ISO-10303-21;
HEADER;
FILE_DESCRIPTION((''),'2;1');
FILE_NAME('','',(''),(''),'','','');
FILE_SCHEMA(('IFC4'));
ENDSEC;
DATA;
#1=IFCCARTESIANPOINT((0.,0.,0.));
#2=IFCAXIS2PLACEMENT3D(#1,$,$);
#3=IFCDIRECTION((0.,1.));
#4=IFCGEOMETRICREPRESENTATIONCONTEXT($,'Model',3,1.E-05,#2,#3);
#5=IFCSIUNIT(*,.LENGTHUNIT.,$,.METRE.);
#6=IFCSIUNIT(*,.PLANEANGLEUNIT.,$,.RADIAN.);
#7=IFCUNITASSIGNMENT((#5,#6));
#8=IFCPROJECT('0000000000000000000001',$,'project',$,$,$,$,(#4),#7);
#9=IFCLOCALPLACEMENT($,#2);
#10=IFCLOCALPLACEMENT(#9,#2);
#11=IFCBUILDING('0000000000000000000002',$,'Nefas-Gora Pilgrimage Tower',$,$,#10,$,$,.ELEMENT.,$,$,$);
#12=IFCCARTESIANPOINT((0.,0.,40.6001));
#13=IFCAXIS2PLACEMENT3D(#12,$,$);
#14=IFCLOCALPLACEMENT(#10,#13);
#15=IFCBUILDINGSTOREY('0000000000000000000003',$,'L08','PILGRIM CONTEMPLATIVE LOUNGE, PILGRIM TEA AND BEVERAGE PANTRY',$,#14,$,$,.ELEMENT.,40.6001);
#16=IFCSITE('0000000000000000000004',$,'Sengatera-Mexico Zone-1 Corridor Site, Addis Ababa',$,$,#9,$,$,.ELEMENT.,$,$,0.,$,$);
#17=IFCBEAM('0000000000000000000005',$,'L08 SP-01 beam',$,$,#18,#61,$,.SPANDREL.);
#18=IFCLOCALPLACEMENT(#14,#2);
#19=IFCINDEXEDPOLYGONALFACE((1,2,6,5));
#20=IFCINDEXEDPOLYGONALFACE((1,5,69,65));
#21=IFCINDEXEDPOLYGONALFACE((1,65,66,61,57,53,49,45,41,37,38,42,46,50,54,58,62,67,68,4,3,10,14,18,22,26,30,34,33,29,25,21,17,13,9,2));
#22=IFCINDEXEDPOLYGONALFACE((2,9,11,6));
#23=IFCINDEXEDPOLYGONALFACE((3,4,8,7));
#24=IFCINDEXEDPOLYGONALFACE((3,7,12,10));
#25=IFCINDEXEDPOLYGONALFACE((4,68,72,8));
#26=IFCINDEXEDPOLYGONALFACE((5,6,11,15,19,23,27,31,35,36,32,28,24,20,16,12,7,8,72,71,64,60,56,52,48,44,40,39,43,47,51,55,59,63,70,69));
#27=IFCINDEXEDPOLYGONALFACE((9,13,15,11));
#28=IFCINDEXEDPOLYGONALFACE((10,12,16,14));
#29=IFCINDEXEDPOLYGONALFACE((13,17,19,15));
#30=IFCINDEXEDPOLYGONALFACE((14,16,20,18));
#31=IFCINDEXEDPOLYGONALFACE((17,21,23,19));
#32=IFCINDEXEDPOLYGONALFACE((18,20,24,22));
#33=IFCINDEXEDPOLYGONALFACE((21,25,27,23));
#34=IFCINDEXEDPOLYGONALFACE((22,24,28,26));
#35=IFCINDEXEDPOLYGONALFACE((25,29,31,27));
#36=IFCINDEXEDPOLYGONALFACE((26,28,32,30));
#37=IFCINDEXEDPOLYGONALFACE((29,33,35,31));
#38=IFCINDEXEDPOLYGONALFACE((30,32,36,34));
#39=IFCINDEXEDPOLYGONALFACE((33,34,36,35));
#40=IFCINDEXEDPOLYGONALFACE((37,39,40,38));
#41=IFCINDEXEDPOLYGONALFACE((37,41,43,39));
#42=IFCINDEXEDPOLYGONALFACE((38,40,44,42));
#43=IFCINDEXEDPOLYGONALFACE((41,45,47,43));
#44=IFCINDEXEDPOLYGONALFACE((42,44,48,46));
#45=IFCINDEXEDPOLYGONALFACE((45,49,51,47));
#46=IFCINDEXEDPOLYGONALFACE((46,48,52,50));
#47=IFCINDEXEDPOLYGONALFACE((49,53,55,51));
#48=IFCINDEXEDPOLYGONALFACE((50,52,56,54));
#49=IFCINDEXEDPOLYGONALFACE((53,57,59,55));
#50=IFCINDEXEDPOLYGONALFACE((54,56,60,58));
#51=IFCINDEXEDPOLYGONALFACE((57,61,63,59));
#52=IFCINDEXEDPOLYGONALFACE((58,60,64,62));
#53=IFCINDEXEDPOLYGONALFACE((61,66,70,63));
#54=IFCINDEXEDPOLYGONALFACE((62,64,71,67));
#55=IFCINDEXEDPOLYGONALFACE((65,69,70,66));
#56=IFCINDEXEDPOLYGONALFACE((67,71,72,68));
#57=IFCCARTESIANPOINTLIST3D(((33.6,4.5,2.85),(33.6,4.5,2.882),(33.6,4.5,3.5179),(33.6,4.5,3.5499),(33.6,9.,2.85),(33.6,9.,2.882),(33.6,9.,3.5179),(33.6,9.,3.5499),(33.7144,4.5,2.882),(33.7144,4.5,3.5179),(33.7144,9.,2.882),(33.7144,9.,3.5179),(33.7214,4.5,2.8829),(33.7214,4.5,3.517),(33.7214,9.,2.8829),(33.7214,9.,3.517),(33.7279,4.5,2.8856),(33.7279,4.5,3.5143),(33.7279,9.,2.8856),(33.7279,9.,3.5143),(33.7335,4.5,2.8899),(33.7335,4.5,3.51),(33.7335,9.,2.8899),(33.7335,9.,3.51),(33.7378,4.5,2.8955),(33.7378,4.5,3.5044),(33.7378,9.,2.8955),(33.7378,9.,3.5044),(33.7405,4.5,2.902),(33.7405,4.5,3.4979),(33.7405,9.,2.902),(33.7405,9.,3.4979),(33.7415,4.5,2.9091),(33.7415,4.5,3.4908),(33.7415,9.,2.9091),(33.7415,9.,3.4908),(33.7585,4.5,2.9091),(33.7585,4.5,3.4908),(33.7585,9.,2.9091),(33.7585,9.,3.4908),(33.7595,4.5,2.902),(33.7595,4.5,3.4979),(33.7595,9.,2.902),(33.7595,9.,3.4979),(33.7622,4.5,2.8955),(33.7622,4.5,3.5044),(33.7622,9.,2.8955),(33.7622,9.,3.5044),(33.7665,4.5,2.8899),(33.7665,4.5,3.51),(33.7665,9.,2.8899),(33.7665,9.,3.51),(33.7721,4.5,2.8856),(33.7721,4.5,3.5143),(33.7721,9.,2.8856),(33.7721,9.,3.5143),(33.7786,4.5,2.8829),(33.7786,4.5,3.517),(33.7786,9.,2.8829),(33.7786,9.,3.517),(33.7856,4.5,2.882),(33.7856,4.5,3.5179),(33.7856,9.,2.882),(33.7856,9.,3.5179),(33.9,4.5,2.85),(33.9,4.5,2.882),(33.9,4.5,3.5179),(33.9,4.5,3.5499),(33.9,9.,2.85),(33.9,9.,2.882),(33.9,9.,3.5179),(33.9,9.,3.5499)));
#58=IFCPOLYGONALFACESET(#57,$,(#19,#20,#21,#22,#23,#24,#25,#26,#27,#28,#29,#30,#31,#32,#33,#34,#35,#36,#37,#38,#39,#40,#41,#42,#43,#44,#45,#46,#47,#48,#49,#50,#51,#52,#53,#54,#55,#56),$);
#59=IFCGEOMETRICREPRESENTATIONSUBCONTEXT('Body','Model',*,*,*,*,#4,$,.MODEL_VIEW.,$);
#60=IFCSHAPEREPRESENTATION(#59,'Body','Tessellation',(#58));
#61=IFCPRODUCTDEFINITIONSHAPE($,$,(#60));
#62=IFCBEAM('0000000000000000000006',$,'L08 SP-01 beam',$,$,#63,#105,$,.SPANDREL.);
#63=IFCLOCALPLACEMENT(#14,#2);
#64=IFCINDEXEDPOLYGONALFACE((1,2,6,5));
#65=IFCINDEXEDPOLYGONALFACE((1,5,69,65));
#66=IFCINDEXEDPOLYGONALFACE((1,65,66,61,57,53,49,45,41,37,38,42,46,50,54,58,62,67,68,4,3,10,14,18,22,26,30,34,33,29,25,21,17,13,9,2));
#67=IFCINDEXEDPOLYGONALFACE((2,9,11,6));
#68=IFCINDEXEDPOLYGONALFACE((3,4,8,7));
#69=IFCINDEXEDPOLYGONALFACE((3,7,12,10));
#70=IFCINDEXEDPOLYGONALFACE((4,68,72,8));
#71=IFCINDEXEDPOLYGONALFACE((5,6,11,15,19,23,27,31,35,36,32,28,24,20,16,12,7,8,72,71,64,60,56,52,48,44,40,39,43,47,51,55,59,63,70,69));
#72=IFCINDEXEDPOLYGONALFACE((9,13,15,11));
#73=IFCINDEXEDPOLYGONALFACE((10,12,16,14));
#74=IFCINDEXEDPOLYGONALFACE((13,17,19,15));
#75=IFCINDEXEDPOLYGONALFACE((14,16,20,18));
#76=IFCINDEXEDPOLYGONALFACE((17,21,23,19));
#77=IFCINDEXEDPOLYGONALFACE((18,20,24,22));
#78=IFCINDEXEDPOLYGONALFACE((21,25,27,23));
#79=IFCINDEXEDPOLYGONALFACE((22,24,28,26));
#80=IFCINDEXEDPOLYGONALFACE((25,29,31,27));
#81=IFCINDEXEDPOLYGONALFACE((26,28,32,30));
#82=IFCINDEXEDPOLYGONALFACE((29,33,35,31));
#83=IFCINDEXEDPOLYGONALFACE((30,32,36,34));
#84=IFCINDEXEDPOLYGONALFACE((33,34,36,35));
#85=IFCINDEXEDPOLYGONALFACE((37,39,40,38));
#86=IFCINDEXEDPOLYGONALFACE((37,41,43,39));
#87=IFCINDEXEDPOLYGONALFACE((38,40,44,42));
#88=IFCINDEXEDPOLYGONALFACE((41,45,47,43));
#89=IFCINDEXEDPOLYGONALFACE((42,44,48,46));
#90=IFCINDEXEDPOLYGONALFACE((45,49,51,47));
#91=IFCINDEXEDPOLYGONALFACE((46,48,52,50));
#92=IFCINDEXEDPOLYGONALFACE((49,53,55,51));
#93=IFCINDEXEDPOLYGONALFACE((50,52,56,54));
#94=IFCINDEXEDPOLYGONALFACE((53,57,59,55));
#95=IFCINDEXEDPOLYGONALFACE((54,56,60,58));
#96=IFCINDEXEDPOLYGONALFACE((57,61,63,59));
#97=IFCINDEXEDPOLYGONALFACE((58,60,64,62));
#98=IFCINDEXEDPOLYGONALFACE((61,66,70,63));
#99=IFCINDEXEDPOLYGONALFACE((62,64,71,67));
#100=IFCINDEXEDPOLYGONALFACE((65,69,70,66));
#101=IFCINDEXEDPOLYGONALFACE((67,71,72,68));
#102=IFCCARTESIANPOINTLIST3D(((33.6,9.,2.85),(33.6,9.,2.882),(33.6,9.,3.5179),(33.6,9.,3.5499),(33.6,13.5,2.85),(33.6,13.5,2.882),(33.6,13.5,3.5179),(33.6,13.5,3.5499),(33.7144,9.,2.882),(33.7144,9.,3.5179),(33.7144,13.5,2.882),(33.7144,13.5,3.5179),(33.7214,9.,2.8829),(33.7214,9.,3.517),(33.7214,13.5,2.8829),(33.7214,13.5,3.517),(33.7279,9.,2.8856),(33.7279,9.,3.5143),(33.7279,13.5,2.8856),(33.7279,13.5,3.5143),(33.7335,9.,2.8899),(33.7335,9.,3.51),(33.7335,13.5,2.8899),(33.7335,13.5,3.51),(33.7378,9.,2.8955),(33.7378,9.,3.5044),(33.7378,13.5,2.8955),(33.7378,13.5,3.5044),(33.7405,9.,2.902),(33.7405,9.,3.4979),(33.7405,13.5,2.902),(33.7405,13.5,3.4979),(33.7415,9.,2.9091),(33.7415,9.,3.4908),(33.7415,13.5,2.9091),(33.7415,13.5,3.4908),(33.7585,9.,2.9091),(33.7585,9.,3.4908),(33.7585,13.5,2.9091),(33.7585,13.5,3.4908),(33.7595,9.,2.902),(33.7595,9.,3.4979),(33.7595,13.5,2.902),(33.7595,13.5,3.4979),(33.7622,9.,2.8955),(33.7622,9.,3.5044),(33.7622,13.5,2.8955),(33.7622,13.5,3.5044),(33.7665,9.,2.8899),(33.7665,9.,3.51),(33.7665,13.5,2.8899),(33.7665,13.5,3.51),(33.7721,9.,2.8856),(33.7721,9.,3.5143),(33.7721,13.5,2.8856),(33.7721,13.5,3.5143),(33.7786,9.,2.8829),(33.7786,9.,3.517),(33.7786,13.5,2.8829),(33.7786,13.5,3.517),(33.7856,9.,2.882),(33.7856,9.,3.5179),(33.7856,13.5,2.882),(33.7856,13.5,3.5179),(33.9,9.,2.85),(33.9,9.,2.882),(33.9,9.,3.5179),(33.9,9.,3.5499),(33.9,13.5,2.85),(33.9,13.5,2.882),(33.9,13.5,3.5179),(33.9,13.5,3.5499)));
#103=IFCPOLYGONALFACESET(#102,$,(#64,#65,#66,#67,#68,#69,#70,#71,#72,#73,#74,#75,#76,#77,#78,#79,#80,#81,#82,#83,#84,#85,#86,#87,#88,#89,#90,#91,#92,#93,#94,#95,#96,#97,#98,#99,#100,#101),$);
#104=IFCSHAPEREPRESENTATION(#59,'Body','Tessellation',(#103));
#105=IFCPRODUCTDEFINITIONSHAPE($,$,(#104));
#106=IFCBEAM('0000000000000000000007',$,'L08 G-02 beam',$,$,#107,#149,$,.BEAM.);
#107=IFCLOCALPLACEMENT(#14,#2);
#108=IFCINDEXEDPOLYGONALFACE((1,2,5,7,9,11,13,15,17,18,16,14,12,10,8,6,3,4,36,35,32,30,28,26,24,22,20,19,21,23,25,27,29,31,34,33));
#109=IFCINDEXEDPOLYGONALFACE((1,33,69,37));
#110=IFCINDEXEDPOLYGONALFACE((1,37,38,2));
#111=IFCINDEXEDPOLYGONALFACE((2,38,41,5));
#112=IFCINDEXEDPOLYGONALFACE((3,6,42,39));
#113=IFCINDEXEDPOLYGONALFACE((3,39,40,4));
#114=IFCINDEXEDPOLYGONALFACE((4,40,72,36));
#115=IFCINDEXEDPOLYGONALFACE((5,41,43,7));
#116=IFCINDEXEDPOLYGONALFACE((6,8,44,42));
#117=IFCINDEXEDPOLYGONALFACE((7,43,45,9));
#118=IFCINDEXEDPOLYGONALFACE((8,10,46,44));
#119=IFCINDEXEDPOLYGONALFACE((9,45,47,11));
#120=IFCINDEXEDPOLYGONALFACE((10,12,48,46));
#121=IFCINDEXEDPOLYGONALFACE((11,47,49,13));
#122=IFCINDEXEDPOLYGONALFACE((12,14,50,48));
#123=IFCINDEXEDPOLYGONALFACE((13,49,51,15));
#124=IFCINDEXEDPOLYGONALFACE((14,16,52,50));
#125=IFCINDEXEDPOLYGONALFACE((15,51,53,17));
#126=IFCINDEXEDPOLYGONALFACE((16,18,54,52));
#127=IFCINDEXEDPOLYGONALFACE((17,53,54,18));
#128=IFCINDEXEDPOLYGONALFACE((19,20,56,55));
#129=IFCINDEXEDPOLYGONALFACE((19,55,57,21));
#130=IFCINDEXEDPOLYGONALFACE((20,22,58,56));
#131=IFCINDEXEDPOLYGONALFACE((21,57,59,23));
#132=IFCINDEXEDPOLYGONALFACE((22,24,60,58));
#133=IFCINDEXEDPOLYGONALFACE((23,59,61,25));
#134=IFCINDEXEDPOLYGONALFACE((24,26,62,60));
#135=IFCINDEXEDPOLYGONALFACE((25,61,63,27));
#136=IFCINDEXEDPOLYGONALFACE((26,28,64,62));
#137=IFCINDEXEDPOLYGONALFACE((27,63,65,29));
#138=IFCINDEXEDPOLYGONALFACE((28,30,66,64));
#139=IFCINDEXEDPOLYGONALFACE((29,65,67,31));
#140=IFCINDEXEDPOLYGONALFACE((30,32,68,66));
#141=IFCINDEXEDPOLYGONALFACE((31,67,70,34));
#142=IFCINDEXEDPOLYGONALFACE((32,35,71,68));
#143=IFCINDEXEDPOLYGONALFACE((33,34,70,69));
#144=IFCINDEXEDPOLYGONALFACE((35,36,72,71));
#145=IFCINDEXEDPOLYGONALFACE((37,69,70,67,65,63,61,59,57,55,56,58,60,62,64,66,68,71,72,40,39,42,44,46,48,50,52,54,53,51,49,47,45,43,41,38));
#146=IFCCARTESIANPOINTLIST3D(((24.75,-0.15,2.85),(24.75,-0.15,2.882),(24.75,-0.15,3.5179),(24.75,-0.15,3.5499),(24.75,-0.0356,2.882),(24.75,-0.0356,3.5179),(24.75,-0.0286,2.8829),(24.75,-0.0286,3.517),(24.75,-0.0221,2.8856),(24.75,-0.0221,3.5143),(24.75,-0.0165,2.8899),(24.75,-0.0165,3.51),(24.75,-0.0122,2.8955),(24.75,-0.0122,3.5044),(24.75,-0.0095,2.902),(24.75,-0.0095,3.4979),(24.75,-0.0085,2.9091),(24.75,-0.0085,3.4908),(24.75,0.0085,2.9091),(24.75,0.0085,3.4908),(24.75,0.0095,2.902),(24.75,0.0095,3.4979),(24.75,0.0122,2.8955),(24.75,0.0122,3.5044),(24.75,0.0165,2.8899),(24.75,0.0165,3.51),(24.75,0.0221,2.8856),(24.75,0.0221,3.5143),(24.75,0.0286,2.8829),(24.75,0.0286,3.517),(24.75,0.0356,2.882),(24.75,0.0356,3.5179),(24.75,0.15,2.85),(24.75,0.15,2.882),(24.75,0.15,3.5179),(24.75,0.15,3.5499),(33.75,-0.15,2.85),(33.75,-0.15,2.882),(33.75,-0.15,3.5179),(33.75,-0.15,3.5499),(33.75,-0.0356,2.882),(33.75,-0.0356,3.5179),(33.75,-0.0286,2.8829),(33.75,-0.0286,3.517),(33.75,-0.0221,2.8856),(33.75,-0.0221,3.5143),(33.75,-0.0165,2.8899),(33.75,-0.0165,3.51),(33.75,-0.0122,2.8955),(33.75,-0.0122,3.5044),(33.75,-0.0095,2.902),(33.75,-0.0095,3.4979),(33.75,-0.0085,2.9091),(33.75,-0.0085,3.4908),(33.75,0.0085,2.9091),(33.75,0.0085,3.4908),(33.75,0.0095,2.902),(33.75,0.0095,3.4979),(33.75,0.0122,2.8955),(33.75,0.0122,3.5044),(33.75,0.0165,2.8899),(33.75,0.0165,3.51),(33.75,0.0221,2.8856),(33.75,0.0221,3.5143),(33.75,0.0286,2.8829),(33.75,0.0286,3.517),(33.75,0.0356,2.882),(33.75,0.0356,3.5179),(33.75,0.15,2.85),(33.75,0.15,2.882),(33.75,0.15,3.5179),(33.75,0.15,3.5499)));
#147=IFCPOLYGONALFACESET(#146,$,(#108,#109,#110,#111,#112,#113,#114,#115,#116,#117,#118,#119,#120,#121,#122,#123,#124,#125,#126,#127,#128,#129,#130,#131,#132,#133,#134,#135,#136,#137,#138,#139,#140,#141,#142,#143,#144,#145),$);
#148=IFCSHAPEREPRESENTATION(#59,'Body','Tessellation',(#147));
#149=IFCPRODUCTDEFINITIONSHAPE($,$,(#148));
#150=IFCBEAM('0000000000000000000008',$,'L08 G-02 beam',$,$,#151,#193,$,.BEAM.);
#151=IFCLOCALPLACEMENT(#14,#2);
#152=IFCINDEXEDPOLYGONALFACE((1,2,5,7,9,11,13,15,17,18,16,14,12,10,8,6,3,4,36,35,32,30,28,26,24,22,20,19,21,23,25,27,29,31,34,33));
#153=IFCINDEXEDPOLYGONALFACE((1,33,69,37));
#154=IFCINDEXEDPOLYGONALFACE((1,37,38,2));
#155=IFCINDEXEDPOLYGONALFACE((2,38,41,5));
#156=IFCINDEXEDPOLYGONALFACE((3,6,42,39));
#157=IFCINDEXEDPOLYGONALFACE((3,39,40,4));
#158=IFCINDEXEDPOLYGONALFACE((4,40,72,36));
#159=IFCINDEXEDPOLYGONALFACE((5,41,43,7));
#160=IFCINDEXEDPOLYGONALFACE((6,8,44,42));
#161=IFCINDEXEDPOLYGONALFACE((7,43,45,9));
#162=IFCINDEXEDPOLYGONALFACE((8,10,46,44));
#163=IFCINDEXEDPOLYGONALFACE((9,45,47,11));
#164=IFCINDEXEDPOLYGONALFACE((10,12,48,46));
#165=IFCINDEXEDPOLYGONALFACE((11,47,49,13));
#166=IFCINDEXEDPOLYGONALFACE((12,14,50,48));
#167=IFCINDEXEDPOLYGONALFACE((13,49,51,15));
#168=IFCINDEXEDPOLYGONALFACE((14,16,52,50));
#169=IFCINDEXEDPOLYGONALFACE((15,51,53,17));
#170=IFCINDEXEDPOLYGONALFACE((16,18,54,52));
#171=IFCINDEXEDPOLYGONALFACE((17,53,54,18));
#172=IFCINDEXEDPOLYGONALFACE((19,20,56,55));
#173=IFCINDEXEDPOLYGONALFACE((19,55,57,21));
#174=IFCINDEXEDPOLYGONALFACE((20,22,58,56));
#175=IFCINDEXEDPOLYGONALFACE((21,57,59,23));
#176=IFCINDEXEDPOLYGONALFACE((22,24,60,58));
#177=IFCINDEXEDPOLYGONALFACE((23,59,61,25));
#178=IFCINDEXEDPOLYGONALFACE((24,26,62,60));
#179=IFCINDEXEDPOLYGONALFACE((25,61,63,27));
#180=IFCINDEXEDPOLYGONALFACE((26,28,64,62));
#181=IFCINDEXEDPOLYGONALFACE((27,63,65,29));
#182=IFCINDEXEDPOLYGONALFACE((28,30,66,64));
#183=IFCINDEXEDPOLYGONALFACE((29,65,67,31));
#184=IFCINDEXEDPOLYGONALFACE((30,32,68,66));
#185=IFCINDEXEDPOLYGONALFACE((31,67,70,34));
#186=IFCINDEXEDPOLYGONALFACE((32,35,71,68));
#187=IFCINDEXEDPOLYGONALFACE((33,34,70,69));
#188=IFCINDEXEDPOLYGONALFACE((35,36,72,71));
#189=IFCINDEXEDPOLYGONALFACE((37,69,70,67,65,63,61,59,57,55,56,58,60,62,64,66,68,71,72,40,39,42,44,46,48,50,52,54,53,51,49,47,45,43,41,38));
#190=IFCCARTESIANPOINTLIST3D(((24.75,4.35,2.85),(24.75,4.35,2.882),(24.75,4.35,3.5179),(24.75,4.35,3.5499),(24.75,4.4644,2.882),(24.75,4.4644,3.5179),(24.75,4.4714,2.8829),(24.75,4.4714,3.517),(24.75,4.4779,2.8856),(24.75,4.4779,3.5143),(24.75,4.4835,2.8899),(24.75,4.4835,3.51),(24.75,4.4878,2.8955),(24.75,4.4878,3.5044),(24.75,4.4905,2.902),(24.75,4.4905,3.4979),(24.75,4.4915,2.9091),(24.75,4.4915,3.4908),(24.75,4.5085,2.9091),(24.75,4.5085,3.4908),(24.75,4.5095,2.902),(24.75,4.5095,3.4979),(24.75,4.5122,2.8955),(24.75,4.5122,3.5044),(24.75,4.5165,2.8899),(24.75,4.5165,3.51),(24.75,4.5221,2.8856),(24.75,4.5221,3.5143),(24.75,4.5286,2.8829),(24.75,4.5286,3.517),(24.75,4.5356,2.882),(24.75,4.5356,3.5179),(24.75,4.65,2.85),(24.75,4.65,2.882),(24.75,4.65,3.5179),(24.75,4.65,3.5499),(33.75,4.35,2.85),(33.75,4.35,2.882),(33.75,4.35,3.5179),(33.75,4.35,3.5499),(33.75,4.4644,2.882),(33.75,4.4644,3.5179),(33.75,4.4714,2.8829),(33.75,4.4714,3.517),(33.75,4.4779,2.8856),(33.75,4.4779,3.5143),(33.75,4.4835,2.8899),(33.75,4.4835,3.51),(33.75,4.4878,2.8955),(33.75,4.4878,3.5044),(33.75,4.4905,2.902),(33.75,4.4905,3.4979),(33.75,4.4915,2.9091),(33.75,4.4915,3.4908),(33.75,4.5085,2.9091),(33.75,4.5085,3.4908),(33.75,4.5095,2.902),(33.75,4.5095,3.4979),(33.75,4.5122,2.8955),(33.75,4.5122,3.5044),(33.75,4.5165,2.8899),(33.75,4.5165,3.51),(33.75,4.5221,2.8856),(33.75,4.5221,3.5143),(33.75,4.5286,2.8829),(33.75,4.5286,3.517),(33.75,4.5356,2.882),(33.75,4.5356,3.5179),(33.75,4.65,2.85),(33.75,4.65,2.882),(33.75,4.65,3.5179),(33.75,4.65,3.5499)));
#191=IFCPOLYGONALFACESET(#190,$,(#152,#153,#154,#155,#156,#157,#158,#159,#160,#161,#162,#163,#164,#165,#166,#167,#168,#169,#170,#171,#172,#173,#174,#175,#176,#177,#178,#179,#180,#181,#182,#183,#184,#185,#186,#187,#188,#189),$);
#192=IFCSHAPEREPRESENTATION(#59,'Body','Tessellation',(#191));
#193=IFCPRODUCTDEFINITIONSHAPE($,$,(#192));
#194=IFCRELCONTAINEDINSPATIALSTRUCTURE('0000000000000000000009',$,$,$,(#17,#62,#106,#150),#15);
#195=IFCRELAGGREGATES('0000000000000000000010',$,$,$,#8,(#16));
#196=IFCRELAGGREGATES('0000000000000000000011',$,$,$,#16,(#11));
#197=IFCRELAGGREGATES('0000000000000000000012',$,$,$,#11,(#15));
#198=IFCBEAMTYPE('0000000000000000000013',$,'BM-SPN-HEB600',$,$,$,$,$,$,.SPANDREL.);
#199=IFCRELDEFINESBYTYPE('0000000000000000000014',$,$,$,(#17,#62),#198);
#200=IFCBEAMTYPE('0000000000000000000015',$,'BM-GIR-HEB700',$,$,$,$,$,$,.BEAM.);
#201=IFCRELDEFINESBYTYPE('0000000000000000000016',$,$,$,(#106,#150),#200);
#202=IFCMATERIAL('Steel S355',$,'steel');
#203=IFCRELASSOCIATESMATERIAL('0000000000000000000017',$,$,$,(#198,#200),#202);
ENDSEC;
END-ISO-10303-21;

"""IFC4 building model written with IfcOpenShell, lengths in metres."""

from ifc_helpers import new_model, si_unit, direction, frame, origin, origin_2d, place, context, subcontext, project, spatial, i_section, extrude, source, transform, mapped, material, material_profile, profile_set, type_object, element, save


model = new_model("IFC4")

# Units and contexts
model_context = context("Model", 3, precision=1e-05, world=origin(), true_north=direction((0.0, 1.0)))
body_context = subcontext(model_context, "Body", "Model", "MODEL_VIEW")
ifc_project = project(units=[si_unit("LENGTHUNIT", "METRE"), si_unit("PLANEANGLEUNIT", "RADIAN")], contexts=[model_context])

# Site, building, storey
site_placement = place(None, origin())
site = spatial("IfcSite", under=ifc_project, at=site_placement, Name="Sengatera-Mexico Zone-1 Corridor Site, Addis Ababa", CompositionType="ELEMENT", RefElevation=0.0)
building_placement = place(site_placement, origin())
building = spatial("IfcBuilding", under=site, at=building_placement, Name="Nefas-Gora Pilgrimage Tower", CompositionType="ELEMENT")
storey_placement = place(building_placement, frame((0.0, 0.0, 40.6001)))
storey = spatial("IfcBuildingStorey", under=building, at=storey_placement, Name="L08", Description="PILGRIM CONTEMPLATIVE LOUNGE, PILGRIM TEA AND BEVERAGE PANTRY", CompositionType="ELEMENT", Elevation=40.6001)

# Beams
ifc_material_1 = material(Name="Steel S355", Category="steel")
ifc_material_profile_1 = material_profile(ifc_material_1, i_section(OverallWidth=0.3, OverallDepth=0.7, WebThickness=0.0171, FlangeThickness=0.032, FilletRadius=0.0271, at=origin_2d()), Name="HEB 700")
ifc_profile_set_1 = profile_set([ifc_material_profile_1], Name="Steel S355")
beam_type_1 = type_object("IfcBeamType", Name="BM-SPN-HEB600", PredefinedType="SPANDREL", material=ifc_profile_set_1)
shared_shape_1 = source(origin(), body_context, "Body", "SweptSolid", [
    extrude(i_section(OverallWidth=0.3, OverallDepth=0.7, WebThickness=0.0171, FlangeThickness=0.032, FilletRadius=0.0271, at=origin_2d()), origin(), (0.0, 0.0, 1.0), 4.5),
])
for number, where, z_axis, x_axis, name in (
    (1, (33.75, 4.5, 3.2), (0.0, 1.0, 0.0), (-1.0, 0.0, 0.0), "L08 SP-01 beam"),
    (2, (33.75, 9.0, 3.2), (0.0, 1.0, 0.0), (-1.0, 0.0, 0.0), "L08 SP-01 beam"),
):
    element("IfcBeam", number, at=place(storey_placement, frame(where, z_axis=z_axis, x_axis=x_axis)), inside=storey, type_object=beam_type_1, Name=name, PredefinedType="SPANDREL", context=body_context, shape_type="MappedRepresentation", body=[
        mapped(shared_shape_1, transform((0.0, 0.0, 0.0), x_axis=(1.0, 0.0, 0.0), y_axis=(0.0, 1.0, 0.0), z_axis=(0.0, 0.0, 1.0), scale=1.0)),
    ])
ifc_material_profile_2 = material_profile(ifc_material_1, i_section(OverallWidth=0.3, OverallDepth=0.7, WebThickness=0.0171, FlangeThickness=0.032, FilletRadius=0.0271, at=origin_2d()), Name="HEB 700")
ifc_profile_set_2 = profile_set([ifc_material_profile_2], Name="Steel S355")
beam_type_2 = type_object("IfcBeamType", Name="BM-GIR-HEB700", PredefinedType="BEAM", material=ifc_profile_set_2)
shared_shape_2 = source(origin(), body_context, "Body", "SweptSolid", [
    extrude(i_section(OverallWidth=0.3, OverallDepth=0.7, WebThickness=0.0171, FlangeThickness=0.032, FilletRadius=0.0271, at=origin_2d()), origin(), (0.0, 0.0, 1.0), 9.0),
])
for number, where, z_axis, x_axis, name in (
    (3, (24.75, 0.0, 3.2), (1.0, 0.0, 0.0), (0.0, 1.0, 0.0), "L08 G-02 beam"),
    (4, (24.75, 4.5, 3.2), (1.0, 0.0, 0.0), (0.0, 1.0, 0.0), "L08 G-02 beam"),
):
    element("IfcBeam", number, at=place(storey_placement, frame(where, z_axis=z_axis, x_axis=x_axis)), inside=storey, type_object=beam_type_2, Name=name, PredefinedType="BEAM", context=body_context, shape_type="MappedRepresentation", body=[
        mapped(shared_shape_2, transform((0.0, 0.0, 0.0), x_axis=(1.0, 0.0, 0.0), y_axis=(0.0, 1.0, 0.0), z_axis=(0.0, 0.0, 1.0), scale=1.0)),
    ])

save(model, "model.ifc")
